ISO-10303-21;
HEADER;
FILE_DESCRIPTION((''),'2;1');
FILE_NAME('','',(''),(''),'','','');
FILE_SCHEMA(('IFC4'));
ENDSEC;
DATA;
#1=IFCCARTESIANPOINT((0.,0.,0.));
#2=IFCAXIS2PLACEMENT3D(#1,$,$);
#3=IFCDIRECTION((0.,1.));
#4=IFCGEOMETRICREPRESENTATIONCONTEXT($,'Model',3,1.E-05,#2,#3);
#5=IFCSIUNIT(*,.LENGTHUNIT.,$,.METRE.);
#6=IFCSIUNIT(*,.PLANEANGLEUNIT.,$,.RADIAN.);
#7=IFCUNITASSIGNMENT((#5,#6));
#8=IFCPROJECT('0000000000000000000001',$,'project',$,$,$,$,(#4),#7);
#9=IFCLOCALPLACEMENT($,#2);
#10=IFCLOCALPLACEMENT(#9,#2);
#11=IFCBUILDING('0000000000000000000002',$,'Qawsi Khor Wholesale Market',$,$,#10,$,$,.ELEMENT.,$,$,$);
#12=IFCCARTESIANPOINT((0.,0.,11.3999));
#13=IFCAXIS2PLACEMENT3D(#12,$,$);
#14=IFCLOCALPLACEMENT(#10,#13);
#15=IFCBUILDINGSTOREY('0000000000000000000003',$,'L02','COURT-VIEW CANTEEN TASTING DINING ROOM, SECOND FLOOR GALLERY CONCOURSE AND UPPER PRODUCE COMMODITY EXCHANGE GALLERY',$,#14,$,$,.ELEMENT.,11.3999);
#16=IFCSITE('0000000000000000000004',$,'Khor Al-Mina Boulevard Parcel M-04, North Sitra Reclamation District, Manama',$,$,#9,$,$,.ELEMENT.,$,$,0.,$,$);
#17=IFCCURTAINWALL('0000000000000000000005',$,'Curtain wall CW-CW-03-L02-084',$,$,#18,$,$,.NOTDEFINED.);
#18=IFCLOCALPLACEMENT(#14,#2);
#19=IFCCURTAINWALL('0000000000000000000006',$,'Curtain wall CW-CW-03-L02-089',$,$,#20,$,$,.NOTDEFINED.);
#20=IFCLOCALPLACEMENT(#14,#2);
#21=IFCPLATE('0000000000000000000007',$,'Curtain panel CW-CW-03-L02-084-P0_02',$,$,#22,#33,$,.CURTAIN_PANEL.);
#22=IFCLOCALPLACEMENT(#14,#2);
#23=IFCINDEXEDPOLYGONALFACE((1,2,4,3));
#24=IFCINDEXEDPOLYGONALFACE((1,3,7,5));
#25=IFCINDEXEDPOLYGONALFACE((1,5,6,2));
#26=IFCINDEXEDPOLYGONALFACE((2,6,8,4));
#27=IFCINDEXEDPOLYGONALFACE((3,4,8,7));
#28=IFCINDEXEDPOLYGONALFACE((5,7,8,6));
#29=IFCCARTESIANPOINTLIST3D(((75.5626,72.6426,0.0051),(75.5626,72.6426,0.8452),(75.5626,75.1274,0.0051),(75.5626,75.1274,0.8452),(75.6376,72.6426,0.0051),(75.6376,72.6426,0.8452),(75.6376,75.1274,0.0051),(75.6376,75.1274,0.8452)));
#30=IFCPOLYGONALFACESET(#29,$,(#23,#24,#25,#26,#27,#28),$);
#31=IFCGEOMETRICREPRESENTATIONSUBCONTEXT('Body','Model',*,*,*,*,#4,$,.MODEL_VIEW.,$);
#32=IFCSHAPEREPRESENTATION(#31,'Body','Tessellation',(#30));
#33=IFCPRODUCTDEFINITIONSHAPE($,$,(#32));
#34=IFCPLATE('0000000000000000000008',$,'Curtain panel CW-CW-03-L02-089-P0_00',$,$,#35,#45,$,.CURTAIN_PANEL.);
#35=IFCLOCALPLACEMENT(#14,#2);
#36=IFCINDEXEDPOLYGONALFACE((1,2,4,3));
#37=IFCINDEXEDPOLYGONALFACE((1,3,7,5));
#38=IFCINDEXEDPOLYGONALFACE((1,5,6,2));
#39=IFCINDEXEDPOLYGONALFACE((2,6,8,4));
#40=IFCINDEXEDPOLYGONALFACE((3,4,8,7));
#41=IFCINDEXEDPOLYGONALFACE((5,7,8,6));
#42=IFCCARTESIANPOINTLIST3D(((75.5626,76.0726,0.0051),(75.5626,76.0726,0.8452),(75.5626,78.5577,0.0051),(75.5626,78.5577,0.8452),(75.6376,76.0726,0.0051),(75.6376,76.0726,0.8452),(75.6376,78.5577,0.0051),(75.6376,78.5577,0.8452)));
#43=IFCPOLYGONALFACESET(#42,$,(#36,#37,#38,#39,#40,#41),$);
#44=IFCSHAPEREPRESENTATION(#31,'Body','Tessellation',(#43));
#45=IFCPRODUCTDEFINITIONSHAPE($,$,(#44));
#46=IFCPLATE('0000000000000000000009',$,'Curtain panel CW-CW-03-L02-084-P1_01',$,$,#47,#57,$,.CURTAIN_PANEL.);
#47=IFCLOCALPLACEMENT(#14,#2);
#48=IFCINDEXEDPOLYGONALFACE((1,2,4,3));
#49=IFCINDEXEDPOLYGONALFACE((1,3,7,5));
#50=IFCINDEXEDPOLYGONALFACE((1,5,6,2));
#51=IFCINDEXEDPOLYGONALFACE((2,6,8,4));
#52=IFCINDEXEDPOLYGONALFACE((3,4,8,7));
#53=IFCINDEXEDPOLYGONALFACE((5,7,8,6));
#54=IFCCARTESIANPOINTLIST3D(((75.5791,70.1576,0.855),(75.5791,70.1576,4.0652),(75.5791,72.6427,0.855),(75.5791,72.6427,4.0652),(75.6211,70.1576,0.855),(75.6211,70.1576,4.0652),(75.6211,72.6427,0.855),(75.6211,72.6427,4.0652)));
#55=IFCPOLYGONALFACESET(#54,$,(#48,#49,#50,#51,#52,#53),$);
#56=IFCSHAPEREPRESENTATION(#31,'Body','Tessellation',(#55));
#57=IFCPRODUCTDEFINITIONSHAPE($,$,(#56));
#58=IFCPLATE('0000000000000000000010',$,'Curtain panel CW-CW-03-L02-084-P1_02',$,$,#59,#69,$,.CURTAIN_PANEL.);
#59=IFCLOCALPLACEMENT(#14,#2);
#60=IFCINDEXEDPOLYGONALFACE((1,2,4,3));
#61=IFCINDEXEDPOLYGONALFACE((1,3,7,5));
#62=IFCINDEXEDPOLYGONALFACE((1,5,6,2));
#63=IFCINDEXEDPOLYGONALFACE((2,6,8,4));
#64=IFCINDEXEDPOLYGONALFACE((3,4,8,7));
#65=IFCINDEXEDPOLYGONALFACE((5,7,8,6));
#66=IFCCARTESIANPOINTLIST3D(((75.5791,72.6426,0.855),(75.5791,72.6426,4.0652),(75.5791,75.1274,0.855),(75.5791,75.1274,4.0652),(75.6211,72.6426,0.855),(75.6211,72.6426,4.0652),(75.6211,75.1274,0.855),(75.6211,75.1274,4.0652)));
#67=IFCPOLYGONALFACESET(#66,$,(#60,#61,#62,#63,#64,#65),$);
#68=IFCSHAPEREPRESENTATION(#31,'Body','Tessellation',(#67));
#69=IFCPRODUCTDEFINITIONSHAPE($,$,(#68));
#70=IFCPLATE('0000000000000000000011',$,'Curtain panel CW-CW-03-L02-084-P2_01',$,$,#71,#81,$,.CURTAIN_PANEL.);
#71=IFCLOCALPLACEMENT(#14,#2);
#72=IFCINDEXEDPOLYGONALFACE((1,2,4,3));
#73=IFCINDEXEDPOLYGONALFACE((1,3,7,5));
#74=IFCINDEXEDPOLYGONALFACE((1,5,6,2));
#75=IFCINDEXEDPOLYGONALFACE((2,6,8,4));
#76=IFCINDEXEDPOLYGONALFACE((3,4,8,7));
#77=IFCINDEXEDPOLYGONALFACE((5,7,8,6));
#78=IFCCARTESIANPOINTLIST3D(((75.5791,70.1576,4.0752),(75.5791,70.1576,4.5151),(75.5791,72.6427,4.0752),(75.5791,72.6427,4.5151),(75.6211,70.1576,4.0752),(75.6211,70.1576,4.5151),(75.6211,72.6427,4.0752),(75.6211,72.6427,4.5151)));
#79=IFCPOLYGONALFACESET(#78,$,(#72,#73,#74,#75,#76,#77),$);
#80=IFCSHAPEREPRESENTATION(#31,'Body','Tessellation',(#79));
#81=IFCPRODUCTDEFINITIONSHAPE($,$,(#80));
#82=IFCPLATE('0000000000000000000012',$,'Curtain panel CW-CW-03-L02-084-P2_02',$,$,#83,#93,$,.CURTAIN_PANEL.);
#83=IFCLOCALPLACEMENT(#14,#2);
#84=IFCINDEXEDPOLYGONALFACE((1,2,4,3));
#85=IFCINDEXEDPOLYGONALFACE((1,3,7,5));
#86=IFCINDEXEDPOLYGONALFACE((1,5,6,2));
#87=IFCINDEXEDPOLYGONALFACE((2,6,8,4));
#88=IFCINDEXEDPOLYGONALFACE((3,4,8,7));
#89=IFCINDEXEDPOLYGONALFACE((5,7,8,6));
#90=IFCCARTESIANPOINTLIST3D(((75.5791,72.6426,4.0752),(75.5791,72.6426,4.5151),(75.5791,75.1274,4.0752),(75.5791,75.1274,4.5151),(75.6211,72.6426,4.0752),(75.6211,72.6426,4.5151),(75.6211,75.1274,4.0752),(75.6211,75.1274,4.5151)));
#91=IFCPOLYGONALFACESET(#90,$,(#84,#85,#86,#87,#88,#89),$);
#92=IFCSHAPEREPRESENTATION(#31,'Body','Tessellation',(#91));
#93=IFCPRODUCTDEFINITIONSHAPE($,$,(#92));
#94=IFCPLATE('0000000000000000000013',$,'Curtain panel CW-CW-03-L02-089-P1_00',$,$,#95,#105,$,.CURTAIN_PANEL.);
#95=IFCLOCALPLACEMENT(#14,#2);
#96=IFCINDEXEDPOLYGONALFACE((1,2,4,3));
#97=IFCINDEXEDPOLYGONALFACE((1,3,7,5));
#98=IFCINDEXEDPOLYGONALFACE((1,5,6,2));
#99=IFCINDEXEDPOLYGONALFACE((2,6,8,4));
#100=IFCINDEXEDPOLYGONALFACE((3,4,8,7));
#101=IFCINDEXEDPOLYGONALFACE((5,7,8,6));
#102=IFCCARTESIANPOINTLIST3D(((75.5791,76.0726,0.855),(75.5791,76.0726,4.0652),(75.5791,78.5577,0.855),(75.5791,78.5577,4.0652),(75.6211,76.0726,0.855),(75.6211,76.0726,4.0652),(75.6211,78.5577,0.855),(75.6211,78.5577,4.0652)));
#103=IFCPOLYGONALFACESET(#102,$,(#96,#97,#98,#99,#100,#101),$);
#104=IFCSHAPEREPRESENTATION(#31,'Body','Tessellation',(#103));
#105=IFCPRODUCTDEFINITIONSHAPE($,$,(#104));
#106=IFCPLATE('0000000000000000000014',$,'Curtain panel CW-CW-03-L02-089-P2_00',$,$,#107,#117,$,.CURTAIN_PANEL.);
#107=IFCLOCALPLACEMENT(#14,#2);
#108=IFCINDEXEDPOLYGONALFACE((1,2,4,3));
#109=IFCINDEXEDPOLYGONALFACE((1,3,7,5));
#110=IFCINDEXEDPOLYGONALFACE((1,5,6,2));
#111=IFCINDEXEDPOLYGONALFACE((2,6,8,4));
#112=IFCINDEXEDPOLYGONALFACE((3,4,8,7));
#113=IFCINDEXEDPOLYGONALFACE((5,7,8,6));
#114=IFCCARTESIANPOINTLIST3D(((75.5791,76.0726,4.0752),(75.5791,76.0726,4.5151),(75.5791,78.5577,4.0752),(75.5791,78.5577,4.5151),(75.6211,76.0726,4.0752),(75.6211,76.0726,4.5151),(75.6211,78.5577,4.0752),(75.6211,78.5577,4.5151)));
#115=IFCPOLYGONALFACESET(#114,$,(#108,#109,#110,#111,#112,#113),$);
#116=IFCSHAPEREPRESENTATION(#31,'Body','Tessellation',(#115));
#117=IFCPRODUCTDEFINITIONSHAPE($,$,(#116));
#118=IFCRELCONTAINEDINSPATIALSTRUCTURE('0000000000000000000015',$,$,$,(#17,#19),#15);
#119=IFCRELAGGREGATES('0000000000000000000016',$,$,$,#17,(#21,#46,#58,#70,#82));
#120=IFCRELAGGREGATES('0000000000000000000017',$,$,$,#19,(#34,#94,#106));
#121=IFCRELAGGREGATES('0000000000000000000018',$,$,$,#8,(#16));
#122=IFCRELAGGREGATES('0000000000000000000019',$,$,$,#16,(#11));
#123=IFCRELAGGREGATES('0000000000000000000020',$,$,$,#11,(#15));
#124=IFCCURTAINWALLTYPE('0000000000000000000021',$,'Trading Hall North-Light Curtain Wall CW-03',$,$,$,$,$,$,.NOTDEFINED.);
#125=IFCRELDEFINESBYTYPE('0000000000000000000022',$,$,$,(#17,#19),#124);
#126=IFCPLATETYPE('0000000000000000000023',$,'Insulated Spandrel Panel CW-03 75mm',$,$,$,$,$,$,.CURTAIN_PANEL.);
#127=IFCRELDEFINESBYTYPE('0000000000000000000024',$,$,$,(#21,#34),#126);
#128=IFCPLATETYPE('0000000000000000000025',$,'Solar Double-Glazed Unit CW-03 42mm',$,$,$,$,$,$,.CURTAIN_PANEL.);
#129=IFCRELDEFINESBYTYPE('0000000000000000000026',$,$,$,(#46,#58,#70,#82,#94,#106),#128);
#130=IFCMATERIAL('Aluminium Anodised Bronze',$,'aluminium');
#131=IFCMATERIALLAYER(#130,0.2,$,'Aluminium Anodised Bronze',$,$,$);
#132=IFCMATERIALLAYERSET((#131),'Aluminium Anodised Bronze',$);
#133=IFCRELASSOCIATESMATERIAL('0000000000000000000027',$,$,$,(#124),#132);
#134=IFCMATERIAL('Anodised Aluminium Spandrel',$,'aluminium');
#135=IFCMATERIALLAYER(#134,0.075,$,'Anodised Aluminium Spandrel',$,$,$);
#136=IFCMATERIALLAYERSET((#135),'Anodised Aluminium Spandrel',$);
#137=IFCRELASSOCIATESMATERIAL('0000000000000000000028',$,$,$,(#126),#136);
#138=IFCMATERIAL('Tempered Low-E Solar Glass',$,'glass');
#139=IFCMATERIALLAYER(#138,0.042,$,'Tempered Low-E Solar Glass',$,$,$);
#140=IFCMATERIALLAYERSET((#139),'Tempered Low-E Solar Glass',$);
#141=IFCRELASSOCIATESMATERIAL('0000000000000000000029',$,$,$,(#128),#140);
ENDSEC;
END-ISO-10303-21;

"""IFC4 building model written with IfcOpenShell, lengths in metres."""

from ifc_helpers import new_model, si_unit, direction, frame, frame_2d, origin, place, context, subcontext, project, spatial, rectangle, extrude, material, layer, layer_set, type_object, element, aggregate, save


model = new_model("IFC4")

# Units and contexts
model_context = context("Model", 3, precision=1e-05, world=origin(), true_north=direction((0.0, 1.0)))
body_context = subcontext(model_context, "Body", "Model", "MODEL_VIEW")
ifc_project = project(units=[si_unit("LENGTHUNIT", "METRE"), si_unit("PLANEANGLEUNIT", "RADIAN")], contexts=[model_context])

# Site, building, storey
site_placement = place(None, origin())
site = spatial("IfcSite", under=ifc_project, at=site_placement, Name="Khor Al-Mina Boulevard Parcel M-04, North Sitra Reclamation District, Manama", CompositionType="ELEMENT", RefElevation=0.0)
building_placement = place(site_placement, origin())
building = spatial("IfcBuilding", under=site, at=building_placement, Name="Qawsi Khor Wholesale Market", CompositionType="ELEMENT")
storey_placement = place(building_placement, frame((0.0, 0.0, 11.3999)))
storey = spatial("IfcBuildingStorey", under=building, at=storey_placement, Name="L02", Description="COURT-VIEW CANTEEN TASTING DINING ROOM, SECOND FLOOR GALLERY CONCOURSE AND UPPER PRODUCE COMMODITY EXCHANGE GALLERY", CompositionType="ELEMENT", Elevation=11.3999)

# Curtain walls
ifc_material_1 = material(Name="Aluminium Anodised Bronze", Category="aluminium")
ifc_layer_1 = layer(ifc_material_1, 0.2, Name="Aluminium Anodised Bronze")
ifc_layer_set_1 = layer_set([ifc_layer_1], Name="Aluminium Anodised Bronze")
curtain_wall_type = type_object("IfcCurtainWallType", Name="Trading Hall North-Light Curtain Wall CW-03", PredefinedType="NOTDEFINED", material=ifc_layer_set_1)
curtain_wall_1_placement = place(storey_placement, origin())
curtain_wall_1 = element("IfcCurtainWall", 1, at=curtain_wall_1_placement, inside=storey, type_object=curtain_wall_type, Name="Curtain wall CW-CW-03-L02-084", PredefinedType="NOTDEFINED")
curtain_wall_2_placement = place(storey_placement, origin())
curtain_wall_2 = element("IfcCurtainWall", 2, at=curtain_wall_2_placement, inside=storey, type_object=curtain_wall_type, Name="Curtain wall CW-CW-03-L02-089", PredefinedType="NOTDEFINED")

# Plates
ifc_material_2 = material(Name="Anodised Aluminium Spandrel", Category="aluminium")
ifc_layer_2 = layer(ifc_material_2, 0.075, Name="Anodised Aluminium Spandrel")
ifc_layer_set_2 = layer_set([ifc_layer_2], Name="Anodised Aluminium Spandrel")
plate_type_1 = type_object("IfcPlateType", Name="Insulated Spandrel Panel CW-03 75mm", PredefinedType="CURTAIN_PANEL", material=ifc_layer_set_2)
plate_1_placement = place(storey_placement, frame((75.6001, 72.6426, 0.0051), z_axis=(0.0, 0.0, 1.0), x_axis=(0.0, 1.0, 0.0)))
plate_1 = element("IfcPlate", 3, at=plate_1_placement, type_object=plate_type_1, Name="Curtain panel CW-CW-03-L02-084-P0_02", PredefinedType="CURTAIN_PANEL", context=body_context, shape_type="SweptSolid", body=[
    extrude(rectangle(XDim=2.4849, YDim=0.075, at=frame_2d((1.2424, 0.0))), origin(), (0.0, 0.0, 1.0), 0.8401),
])
plate_2_placement = place(storey_placement, frame((75.6001, 76.0725, 0.0051), z_axis=(0.0, 0.0, 1.0), x_axis=(0.0, 1.0, 0.0)))
plate_2 = element("IfcPlate", 4, at=plate_2_placement, type_object=plate_type_1, Name="Curtain panel CW-CW-03-L02-089-P0_00", PredefinedType="CURTAIN_PANEL", context=body_context, shape_type="SweptSolid", body=[
    extrude(rectangle(XDim=2.4851, YDim=0.075, at=frame_2d((1.2427, 0.0))), origin(), (0.0, 0.0, 1.0), 0.8401),
])
ifc_material_3 = material(Name="Tempered Low-E Solar Glass", Category="glass")
ifc_layer_3 = layer(ifc_material_3, 0.042, Name="Tempered Low-E Solar Glass")
ifc_layer_set_3 = layer_set([ifc_layer_3], Name="Tempered Low-E Solar Glass")
plate_type_2 = type_object("IfcPlateType", Name="Solar Double-Glazed Unit CW-03 42mm", PredefinedType="CURTAIN_PANEL", material=ifc_layer_set_3)
plate_3_placement = place(storey_placement, frame((75.6001, 70.1575, 0.855), z_axis=(0.0, 0.0, 1.0), x_axis=(0.0, 1.0, 0.0)))
plate_3 = element("IfcPlate", 5, at=plate_3_placement, type_object=plate_type_2, Name="Curtain panel CW-CW-03-L02-084-P1_01", PredefinedType="CURTAIN_PANEL", context=body_context, shape_type="SweptSolid", body=[
    extrude(rectangle(XDim=2.4851, YDim=0.042, at=frame_2d((1.2427, 0.0))), origin(), (0.0, 0.0, 1.0), 3.2102),
])
plate_4_placement = place(storey_placement, frame((75.6001, 72.6426, 0.855), z_axis=(0.0, 0.0, 1.0), x_axis=(0.0, 1.0, 0.0)))
plate_4 = element("IfcPlate", 6, at=plate_4_placement, type_object=plate_type_2, Name="Curtain panel CW-CW-03-L02-084-P1_02", PredefinedType="CURTAIN_PANEL", context=body_context, shape_type="SweptSolid", body=[
    extrude(rectangle(XDim=2.4849, YDim=0.042, at=frame_2d((1.2424, 0.0))), origin(), (0.0, 0.0, 1.0), 3.2102),
])
plate_5_placement = place(storey_placement, frame((75.6001, 70.1575, 4.0752), z_axis=(0.0, 0.0, 1.0), x_axis=(0.0, 1.0, 0.0)))
plate_5 = element("IfcPlate", 7, at=plate_5_placement, type_object=plate_type_2, Name="Curtain panel CW-CW-03-L02-084-P2_01", PredefinedType="CURTAIN_PANEL", context=body_context, shape_type="SweptSolid", body=[
    extrude(rectangle(XDim=2.4851, YDim=0.042, at=frame_2d((1.2427, 0.0))), origin(), (0.0, 0.0, 1.0), 0.4399),
])
plate_6_placement = place(storey_placement, frame((75.6001, 72.6426, 4.0752), z_axis=(0.0, 0.0, 1.0), x_axis=(0.0, 1.0, 0.0)))
plate_6 = element("IfcPlate", 8, at=plate_6_placement, type_object=plate_type_2, Name="Curtain panel CW-CW-03-L02-084-P2_02", PredefinedType="CURTAIN_PANEL", context=body_context, shape_type="SweptSolid", body=[
    extrude(rectangle(XDim=2.4849, YDim=0.042, at=frame_2d((1.2424, 0.0))), origin(), (0.0, 0.0, 1.0), 0.4399),
])
aggregate(curtain_wall_1, [plate_1, plate_3, plate_4, plate_5, plate_6])
plate_7_placement = place(storey_placement, frame((75.6001, 76.0725, 0.855), z_axis=(0.0, 0.0, 1.0), x_axis=(0.0, 1.0, 0.0)))
plate_7 = element("IfcPlate", 9, at=plate_7_placement, type_object=plate_type_2, Name="Curtain panel CW-CW-03-L02-089-P1_00", PredefinedType="CURTAIN_PANEL", context=body_context, shape_type="SweptSolid", body=[
    extrude(rectangle(XDim=2.4851, YDim=0.042, at=frame_2d((1.2427, 0.0))), origin(), (0.0, 0.0, 1.0), 3.2102),
])
plate_8_placement = place(storey_placement, frame((75.6001, 76.0725, 4.0752), z_axis=(0.0, 0.0, 1.0), x_axis=(0.0, 1.0, 0.0)))
plate_8 = element("IfcPlate", 10, at=plate_8_placement, type_object=plate_type_2, Name="Curtain panel CW-CW-03-L02-089-P2_00", PredefinedType="CURTAIN_PANEL", context=body_context, shape_type="SweptSolid", body=[
    extrude(rectangle(XDim=2.4851, YDim=0.042, at=frame_2d((1.2427, 0.0))), origin(), (0.0, 0.0, 1.0), 0.4399),
])
aggregate(curtain_wall_2, [plate_2, plate_7, plate_8])

save(model, "model.ifc")
